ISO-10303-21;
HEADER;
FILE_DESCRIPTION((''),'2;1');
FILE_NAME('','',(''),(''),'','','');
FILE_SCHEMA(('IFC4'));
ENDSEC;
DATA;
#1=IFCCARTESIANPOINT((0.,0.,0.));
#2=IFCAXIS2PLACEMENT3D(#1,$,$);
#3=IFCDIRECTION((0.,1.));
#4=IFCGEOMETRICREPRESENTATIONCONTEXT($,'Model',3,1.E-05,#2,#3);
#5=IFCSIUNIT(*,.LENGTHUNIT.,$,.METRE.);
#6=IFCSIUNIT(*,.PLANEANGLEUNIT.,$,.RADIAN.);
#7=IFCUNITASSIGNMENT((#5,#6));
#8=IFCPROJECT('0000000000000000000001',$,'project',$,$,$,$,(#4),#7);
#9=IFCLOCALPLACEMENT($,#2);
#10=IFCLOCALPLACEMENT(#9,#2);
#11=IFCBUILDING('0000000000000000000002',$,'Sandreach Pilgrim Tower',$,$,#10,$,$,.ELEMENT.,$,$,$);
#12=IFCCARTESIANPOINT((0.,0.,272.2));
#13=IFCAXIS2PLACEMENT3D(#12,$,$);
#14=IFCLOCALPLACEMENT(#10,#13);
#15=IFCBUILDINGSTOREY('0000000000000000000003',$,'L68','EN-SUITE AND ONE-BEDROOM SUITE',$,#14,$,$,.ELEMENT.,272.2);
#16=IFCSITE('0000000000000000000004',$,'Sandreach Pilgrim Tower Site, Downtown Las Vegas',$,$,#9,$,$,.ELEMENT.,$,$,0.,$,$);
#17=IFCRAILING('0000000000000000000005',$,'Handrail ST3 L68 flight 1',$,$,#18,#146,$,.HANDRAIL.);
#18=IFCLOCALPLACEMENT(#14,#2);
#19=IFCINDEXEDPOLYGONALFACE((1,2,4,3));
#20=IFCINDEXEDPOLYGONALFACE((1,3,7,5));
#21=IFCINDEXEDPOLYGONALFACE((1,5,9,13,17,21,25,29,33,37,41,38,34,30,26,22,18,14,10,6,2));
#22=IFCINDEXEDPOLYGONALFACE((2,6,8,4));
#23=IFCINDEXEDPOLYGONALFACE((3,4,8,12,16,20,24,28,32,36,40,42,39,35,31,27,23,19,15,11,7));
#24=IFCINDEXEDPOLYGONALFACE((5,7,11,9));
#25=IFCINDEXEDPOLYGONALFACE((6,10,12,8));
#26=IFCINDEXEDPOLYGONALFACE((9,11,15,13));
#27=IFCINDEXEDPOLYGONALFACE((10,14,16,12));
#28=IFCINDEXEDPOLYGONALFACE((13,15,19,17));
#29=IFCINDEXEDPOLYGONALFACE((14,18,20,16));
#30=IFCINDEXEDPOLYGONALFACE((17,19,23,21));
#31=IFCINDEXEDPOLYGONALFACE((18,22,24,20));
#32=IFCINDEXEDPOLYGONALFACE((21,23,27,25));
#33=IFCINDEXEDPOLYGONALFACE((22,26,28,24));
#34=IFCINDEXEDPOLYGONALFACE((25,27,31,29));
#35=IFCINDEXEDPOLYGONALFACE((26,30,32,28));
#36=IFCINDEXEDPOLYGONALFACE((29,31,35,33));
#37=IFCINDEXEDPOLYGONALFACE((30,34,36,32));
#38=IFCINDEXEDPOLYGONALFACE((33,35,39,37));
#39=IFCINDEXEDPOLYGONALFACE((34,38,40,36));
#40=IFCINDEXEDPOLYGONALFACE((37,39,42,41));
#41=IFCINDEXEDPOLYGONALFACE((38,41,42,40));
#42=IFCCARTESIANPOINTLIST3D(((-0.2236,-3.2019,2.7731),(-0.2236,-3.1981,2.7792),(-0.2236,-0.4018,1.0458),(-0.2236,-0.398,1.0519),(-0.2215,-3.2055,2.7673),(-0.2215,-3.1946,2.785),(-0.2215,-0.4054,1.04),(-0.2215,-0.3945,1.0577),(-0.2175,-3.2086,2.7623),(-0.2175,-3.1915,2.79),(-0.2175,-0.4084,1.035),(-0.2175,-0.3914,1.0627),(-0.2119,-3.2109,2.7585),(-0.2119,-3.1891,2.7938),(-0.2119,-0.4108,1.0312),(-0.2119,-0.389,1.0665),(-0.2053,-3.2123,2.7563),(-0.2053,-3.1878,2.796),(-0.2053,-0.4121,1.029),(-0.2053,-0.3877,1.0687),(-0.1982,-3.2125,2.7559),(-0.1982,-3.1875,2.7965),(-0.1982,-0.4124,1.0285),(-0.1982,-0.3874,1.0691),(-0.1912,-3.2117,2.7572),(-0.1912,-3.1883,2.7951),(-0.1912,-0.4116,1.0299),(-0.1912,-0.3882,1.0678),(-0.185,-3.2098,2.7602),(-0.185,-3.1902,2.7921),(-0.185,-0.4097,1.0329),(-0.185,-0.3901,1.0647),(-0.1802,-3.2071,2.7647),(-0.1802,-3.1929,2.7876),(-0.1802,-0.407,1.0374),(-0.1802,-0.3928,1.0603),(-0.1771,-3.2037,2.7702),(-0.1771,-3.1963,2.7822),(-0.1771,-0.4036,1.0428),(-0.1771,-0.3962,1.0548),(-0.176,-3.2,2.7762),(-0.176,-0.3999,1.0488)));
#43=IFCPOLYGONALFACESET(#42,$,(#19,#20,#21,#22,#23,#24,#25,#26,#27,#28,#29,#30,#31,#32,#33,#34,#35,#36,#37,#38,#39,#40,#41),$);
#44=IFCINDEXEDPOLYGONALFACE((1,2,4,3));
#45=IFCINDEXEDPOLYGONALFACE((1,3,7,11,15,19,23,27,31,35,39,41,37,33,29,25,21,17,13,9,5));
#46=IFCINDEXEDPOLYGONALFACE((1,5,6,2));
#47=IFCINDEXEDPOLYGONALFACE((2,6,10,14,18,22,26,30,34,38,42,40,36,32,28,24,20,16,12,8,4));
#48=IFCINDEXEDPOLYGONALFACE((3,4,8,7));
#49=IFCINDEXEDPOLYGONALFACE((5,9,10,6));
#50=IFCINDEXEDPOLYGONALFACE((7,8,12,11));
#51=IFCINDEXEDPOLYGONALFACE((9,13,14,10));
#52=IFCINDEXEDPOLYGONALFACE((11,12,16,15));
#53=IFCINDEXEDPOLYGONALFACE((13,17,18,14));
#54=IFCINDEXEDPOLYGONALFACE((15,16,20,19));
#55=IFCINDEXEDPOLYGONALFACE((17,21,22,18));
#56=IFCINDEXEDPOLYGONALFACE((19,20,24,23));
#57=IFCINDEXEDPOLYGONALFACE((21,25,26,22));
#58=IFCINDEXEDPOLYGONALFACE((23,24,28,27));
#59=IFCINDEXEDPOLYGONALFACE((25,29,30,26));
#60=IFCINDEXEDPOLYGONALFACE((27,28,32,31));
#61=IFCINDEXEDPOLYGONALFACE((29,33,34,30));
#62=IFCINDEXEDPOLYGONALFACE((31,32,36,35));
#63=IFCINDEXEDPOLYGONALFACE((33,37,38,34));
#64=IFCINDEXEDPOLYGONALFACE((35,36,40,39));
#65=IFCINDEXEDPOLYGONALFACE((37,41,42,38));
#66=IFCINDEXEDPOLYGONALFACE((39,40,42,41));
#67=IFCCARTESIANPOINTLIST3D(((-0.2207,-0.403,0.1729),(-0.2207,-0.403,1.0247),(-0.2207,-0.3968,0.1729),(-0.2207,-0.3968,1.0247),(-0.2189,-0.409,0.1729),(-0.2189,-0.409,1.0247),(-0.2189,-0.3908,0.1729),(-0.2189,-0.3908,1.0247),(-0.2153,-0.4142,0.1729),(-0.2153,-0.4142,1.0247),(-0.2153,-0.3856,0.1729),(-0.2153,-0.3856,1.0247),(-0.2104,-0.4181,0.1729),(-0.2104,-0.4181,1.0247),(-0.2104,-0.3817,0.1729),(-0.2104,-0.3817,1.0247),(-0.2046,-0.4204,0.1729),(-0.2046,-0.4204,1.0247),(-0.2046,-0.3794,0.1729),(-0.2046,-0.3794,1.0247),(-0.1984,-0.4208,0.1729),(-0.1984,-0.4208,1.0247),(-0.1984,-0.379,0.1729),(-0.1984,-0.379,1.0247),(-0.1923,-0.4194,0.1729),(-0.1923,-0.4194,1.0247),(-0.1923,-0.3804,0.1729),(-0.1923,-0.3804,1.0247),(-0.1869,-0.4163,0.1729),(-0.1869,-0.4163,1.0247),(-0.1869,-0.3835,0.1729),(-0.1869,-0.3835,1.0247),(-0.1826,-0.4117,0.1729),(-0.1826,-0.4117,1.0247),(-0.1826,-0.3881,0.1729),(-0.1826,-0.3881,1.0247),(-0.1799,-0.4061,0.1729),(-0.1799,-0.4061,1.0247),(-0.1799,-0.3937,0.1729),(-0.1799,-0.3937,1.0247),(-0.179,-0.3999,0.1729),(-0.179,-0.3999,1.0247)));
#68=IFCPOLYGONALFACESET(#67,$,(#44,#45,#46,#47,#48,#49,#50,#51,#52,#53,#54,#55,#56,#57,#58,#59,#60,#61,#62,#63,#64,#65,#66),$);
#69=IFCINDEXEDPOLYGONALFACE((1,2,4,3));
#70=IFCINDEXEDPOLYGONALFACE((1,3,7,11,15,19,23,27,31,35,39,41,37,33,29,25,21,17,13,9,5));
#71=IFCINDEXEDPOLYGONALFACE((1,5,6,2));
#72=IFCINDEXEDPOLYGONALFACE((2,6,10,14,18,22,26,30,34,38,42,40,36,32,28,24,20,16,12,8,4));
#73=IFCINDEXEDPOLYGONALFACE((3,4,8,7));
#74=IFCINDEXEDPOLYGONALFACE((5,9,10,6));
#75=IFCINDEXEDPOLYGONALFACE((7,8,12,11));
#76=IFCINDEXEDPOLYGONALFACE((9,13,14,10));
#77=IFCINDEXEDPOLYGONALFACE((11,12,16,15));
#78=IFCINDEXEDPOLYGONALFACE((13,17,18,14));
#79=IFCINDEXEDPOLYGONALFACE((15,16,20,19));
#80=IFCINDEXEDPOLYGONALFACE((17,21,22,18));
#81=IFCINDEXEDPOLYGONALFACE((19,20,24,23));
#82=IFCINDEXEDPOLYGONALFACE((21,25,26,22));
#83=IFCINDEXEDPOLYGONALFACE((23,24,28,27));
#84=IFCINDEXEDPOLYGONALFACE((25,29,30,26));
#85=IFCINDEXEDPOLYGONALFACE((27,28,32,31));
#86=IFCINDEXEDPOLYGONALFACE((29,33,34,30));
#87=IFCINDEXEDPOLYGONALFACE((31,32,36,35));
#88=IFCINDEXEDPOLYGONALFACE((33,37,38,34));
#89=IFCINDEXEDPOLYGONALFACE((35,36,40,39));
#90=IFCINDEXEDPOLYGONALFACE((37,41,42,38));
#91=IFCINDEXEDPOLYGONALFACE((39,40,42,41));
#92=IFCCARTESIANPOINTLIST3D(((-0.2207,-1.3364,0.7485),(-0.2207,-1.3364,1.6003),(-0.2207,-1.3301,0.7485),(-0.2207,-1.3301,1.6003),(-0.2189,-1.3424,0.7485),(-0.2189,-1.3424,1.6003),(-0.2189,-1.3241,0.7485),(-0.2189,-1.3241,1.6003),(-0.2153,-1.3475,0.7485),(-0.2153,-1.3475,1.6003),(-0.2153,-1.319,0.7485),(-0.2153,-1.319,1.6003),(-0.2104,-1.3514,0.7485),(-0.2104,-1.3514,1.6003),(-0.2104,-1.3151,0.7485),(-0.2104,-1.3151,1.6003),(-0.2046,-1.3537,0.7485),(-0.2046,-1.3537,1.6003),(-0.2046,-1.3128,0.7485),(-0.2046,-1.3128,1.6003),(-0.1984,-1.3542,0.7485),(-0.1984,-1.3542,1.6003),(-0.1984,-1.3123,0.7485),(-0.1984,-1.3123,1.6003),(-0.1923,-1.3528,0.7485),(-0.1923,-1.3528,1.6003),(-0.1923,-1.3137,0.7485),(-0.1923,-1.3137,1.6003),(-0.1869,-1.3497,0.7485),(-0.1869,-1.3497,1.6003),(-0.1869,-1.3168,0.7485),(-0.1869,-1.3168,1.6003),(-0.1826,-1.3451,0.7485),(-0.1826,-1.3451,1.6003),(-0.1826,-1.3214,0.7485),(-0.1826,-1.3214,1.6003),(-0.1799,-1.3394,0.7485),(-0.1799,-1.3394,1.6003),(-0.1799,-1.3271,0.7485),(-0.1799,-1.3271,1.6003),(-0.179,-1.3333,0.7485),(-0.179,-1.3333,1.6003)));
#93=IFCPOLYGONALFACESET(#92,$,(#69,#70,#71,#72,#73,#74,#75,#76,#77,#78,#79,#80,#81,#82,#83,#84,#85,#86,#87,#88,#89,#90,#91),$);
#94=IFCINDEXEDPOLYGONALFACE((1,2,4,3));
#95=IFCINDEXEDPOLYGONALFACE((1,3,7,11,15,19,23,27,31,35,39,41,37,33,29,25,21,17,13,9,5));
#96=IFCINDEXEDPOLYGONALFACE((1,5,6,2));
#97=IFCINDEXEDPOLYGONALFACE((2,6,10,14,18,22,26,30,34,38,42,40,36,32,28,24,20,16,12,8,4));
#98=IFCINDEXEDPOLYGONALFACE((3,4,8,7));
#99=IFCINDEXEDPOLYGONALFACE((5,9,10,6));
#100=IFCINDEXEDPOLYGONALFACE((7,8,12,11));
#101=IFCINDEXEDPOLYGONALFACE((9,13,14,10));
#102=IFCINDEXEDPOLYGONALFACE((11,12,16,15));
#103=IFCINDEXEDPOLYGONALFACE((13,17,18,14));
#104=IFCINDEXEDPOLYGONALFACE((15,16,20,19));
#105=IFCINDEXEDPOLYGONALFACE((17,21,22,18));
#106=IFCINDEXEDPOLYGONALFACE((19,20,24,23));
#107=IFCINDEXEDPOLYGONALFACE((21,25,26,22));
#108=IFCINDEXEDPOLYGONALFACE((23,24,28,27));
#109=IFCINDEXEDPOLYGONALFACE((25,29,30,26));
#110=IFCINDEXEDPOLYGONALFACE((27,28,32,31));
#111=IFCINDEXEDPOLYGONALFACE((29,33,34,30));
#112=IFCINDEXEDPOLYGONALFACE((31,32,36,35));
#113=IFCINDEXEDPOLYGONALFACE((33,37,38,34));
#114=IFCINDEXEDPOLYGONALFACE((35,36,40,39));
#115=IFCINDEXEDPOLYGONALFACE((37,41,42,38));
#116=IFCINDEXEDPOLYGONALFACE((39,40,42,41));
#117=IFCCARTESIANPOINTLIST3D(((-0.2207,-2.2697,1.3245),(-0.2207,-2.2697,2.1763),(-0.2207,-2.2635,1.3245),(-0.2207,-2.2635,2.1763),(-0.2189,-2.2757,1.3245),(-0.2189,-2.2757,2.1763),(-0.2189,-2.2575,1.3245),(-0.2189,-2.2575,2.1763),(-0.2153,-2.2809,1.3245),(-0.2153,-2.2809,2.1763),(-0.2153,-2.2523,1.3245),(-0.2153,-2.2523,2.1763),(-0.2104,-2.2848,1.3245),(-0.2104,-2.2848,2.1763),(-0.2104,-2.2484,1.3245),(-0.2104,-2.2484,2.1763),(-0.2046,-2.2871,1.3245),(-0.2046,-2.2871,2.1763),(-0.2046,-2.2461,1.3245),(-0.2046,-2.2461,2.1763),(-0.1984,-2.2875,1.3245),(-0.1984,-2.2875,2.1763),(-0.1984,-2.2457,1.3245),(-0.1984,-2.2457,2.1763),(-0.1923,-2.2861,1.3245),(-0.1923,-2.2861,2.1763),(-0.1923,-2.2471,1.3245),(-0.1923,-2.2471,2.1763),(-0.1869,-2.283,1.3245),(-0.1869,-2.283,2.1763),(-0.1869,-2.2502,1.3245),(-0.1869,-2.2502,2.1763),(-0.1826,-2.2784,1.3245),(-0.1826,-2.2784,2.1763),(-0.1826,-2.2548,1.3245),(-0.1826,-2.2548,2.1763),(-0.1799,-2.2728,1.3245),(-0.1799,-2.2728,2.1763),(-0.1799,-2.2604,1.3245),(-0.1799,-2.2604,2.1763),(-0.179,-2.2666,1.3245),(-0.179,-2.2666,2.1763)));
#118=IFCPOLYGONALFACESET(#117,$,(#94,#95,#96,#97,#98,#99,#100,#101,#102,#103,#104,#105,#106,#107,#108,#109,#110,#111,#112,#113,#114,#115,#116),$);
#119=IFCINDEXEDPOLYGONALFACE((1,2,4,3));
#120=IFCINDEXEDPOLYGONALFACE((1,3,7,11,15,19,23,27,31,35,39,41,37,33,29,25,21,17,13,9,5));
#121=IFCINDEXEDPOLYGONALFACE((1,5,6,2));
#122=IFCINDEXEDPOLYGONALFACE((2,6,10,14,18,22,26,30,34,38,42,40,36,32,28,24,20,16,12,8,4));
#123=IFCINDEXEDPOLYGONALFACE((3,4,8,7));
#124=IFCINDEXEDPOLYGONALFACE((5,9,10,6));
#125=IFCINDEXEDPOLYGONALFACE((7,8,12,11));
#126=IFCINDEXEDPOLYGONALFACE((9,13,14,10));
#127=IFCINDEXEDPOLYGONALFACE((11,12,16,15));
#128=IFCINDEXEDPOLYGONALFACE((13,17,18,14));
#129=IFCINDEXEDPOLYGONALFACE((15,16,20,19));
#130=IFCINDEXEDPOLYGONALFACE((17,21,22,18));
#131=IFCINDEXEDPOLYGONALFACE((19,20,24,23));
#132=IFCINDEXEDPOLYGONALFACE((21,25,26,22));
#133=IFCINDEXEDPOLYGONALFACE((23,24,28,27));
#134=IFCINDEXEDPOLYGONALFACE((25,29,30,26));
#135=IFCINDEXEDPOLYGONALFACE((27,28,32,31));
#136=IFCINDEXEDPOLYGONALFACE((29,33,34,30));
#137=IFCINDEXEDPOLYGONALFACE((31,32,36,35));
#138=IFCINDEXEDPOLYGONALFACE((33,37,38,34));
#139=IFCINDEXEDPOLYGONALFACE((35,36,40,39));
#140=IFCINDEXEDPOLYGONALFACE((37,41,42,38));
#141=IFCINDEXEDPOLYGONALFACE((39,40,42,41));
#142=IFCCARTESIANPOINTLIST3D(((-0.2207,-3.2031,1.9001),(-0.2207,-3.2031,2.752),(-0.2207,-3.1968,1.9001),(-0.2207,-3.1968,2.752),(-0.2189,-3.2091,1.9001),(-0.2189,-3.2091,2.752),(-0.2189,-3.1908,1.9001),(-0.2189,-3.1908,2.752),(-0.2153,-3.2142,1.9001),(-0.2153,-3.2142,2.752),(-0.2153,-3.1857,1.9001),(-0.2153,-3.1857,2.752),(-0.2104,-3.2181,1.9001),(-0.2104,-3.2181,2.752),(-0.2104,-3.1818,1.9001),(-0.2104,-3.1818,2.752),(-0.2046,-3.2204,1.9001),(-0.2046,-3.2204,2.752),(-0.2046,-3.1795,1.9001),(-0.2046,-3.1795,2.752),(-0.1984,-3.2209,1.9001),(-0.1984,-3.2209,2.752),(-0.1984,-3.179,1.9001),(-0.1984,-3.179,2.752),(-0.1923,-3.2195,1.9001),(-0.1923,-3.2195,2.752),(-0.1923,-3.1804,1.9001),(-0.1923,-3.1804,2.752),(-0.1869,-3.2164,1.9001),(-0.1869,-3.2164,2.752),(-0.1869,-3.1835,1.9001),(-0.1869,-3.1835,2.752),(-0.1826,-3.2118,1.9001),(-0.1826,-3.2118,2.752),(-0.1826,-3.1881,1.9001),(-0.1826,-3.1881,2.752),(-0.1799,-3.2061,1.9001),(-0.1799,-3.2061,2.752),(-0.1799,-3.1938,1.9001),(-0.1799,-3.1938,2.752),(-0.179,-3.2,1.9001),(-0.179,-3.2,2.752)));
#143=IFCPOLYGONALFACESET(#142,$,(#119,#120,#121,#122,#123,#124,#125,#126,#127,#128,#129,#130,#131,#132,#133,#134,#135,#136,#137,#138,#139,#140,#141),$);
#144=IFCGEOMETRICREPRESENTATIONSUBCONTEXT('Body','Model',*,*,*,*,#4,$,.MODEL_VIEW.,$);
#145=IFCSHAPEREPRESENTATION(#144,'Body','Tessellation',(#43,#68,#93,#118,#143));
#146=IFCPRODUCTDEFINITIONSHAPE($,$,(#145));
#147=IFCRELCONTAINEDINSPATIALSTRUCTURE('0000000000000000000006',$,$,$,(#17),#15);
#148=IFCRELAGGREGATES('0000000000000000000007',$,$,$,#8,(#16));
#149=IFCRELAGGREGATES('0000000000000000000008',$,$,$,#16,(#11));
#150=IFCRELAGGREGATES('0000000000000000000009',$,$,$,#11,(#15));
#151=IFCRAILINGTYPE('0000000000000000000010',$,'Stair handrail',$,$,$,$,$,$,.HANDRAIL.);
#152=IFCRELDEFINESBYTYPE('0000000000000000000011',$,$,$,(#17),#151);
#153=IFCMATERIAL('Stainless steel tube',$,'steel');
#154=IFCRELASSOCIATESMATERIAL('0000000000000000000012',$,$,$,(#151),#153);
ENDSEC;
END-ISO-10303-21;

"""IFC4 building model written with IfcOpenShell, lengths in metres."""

from ifc_helpers import new_model, si_unit, direction, frame, origin, origin_2d, place, context, subcontext, project, spatial, circle, extrude, material, type_object, element, save


model = new_model("IFC4")

# Units and contexts
model_context = context("Model", 3, precision=1e-05, world=origin(), true_north=direction((0.0, 1.0)))
body_context = subcontext(model_context, "Body", "Model", "MODEL_VIEW")
ifc_project = project(units=[si_unit("LENGTHUNIT", "METRE"), si_unit("PLANEANGLEUNIT", "RADIAN")], contexts=[model_context])

# Site, building, storey
site_placement = place(None, origin())
site = spatial("IfcSite", under=ifc_project, at=site_placement, Name="Sandreach Pilgrim Tower Site, Downtown Las Vegas", CompositionType="ELEMENT", RefElevation=0.0)
building_placement = place(site_placement, origin())
building = spatial("IfcBuilding", under=site, at=building_placement, Name="Sandreach Pilgrim Tower", CompositionType="ELEMENT")
storey_placement = place(building_placement, frame((0.0, 0.0, 272.2)))
storey = spatial("IfcBuildingStorey", under=building, at=storey_placement, Name="L68", Description="EN-SUITE AND ONE-BEDROOM SUITE", CompositionType="ELEMENT", Elevation=272.2)

# Railing
ifc_material_1 = material(Name="Stainless steel tube", Category="steel")
railing_type = type_object("IfcRailingType", Name="Stair handrail", PredefinedType="HANDRAIL", material=ifc_material_1)
for number, where, name in (
    (1, (-0.2, -0.3999, 0.1729), "Handrail ST3 L68 flight 1"),
):
    element("IfcRailing", number, at=place(storey_placement, frame(where)), inside=storey, type_object=railing_type, Name=name, PredefinedType="HANDRAIL", context=body_context, shape_type="SweptSolid", body=[
        extrude(circle(Radius=0.0239, at=origin_2d()), frame((0.0, 0.0, 0.876), z_axis=(0.0, -0.85109, 0.52502), x_axis=(1.0, 0.0, 0.0)), (0.0, 0.0, 1.0), 3.29),
        extrude(circle(Radius=0.021, at=origin_2d()), origin(), (0.0, 0.0, 1.0), 0.8518),
        extrude(circle(Radius=0.021, at=origin_2d()), frame((0.0, -0.9333, 0.5757)), (0.0, 0.0, 1.0), 0.8518),
        extrude(circle(Radius=0.021, at=origin_2d()), frame((0.0, -1.8667, 1.1516)), (0.0, 0.0, 1.0), 0.8518),
        extrude(circle(Radius=0.021, at=origin_2d()), frame((0.0, -2.8, 1.7273)), (0.0, 0.0, 1.0), 0.8518),
    ])

save(model, "model.ifc")
